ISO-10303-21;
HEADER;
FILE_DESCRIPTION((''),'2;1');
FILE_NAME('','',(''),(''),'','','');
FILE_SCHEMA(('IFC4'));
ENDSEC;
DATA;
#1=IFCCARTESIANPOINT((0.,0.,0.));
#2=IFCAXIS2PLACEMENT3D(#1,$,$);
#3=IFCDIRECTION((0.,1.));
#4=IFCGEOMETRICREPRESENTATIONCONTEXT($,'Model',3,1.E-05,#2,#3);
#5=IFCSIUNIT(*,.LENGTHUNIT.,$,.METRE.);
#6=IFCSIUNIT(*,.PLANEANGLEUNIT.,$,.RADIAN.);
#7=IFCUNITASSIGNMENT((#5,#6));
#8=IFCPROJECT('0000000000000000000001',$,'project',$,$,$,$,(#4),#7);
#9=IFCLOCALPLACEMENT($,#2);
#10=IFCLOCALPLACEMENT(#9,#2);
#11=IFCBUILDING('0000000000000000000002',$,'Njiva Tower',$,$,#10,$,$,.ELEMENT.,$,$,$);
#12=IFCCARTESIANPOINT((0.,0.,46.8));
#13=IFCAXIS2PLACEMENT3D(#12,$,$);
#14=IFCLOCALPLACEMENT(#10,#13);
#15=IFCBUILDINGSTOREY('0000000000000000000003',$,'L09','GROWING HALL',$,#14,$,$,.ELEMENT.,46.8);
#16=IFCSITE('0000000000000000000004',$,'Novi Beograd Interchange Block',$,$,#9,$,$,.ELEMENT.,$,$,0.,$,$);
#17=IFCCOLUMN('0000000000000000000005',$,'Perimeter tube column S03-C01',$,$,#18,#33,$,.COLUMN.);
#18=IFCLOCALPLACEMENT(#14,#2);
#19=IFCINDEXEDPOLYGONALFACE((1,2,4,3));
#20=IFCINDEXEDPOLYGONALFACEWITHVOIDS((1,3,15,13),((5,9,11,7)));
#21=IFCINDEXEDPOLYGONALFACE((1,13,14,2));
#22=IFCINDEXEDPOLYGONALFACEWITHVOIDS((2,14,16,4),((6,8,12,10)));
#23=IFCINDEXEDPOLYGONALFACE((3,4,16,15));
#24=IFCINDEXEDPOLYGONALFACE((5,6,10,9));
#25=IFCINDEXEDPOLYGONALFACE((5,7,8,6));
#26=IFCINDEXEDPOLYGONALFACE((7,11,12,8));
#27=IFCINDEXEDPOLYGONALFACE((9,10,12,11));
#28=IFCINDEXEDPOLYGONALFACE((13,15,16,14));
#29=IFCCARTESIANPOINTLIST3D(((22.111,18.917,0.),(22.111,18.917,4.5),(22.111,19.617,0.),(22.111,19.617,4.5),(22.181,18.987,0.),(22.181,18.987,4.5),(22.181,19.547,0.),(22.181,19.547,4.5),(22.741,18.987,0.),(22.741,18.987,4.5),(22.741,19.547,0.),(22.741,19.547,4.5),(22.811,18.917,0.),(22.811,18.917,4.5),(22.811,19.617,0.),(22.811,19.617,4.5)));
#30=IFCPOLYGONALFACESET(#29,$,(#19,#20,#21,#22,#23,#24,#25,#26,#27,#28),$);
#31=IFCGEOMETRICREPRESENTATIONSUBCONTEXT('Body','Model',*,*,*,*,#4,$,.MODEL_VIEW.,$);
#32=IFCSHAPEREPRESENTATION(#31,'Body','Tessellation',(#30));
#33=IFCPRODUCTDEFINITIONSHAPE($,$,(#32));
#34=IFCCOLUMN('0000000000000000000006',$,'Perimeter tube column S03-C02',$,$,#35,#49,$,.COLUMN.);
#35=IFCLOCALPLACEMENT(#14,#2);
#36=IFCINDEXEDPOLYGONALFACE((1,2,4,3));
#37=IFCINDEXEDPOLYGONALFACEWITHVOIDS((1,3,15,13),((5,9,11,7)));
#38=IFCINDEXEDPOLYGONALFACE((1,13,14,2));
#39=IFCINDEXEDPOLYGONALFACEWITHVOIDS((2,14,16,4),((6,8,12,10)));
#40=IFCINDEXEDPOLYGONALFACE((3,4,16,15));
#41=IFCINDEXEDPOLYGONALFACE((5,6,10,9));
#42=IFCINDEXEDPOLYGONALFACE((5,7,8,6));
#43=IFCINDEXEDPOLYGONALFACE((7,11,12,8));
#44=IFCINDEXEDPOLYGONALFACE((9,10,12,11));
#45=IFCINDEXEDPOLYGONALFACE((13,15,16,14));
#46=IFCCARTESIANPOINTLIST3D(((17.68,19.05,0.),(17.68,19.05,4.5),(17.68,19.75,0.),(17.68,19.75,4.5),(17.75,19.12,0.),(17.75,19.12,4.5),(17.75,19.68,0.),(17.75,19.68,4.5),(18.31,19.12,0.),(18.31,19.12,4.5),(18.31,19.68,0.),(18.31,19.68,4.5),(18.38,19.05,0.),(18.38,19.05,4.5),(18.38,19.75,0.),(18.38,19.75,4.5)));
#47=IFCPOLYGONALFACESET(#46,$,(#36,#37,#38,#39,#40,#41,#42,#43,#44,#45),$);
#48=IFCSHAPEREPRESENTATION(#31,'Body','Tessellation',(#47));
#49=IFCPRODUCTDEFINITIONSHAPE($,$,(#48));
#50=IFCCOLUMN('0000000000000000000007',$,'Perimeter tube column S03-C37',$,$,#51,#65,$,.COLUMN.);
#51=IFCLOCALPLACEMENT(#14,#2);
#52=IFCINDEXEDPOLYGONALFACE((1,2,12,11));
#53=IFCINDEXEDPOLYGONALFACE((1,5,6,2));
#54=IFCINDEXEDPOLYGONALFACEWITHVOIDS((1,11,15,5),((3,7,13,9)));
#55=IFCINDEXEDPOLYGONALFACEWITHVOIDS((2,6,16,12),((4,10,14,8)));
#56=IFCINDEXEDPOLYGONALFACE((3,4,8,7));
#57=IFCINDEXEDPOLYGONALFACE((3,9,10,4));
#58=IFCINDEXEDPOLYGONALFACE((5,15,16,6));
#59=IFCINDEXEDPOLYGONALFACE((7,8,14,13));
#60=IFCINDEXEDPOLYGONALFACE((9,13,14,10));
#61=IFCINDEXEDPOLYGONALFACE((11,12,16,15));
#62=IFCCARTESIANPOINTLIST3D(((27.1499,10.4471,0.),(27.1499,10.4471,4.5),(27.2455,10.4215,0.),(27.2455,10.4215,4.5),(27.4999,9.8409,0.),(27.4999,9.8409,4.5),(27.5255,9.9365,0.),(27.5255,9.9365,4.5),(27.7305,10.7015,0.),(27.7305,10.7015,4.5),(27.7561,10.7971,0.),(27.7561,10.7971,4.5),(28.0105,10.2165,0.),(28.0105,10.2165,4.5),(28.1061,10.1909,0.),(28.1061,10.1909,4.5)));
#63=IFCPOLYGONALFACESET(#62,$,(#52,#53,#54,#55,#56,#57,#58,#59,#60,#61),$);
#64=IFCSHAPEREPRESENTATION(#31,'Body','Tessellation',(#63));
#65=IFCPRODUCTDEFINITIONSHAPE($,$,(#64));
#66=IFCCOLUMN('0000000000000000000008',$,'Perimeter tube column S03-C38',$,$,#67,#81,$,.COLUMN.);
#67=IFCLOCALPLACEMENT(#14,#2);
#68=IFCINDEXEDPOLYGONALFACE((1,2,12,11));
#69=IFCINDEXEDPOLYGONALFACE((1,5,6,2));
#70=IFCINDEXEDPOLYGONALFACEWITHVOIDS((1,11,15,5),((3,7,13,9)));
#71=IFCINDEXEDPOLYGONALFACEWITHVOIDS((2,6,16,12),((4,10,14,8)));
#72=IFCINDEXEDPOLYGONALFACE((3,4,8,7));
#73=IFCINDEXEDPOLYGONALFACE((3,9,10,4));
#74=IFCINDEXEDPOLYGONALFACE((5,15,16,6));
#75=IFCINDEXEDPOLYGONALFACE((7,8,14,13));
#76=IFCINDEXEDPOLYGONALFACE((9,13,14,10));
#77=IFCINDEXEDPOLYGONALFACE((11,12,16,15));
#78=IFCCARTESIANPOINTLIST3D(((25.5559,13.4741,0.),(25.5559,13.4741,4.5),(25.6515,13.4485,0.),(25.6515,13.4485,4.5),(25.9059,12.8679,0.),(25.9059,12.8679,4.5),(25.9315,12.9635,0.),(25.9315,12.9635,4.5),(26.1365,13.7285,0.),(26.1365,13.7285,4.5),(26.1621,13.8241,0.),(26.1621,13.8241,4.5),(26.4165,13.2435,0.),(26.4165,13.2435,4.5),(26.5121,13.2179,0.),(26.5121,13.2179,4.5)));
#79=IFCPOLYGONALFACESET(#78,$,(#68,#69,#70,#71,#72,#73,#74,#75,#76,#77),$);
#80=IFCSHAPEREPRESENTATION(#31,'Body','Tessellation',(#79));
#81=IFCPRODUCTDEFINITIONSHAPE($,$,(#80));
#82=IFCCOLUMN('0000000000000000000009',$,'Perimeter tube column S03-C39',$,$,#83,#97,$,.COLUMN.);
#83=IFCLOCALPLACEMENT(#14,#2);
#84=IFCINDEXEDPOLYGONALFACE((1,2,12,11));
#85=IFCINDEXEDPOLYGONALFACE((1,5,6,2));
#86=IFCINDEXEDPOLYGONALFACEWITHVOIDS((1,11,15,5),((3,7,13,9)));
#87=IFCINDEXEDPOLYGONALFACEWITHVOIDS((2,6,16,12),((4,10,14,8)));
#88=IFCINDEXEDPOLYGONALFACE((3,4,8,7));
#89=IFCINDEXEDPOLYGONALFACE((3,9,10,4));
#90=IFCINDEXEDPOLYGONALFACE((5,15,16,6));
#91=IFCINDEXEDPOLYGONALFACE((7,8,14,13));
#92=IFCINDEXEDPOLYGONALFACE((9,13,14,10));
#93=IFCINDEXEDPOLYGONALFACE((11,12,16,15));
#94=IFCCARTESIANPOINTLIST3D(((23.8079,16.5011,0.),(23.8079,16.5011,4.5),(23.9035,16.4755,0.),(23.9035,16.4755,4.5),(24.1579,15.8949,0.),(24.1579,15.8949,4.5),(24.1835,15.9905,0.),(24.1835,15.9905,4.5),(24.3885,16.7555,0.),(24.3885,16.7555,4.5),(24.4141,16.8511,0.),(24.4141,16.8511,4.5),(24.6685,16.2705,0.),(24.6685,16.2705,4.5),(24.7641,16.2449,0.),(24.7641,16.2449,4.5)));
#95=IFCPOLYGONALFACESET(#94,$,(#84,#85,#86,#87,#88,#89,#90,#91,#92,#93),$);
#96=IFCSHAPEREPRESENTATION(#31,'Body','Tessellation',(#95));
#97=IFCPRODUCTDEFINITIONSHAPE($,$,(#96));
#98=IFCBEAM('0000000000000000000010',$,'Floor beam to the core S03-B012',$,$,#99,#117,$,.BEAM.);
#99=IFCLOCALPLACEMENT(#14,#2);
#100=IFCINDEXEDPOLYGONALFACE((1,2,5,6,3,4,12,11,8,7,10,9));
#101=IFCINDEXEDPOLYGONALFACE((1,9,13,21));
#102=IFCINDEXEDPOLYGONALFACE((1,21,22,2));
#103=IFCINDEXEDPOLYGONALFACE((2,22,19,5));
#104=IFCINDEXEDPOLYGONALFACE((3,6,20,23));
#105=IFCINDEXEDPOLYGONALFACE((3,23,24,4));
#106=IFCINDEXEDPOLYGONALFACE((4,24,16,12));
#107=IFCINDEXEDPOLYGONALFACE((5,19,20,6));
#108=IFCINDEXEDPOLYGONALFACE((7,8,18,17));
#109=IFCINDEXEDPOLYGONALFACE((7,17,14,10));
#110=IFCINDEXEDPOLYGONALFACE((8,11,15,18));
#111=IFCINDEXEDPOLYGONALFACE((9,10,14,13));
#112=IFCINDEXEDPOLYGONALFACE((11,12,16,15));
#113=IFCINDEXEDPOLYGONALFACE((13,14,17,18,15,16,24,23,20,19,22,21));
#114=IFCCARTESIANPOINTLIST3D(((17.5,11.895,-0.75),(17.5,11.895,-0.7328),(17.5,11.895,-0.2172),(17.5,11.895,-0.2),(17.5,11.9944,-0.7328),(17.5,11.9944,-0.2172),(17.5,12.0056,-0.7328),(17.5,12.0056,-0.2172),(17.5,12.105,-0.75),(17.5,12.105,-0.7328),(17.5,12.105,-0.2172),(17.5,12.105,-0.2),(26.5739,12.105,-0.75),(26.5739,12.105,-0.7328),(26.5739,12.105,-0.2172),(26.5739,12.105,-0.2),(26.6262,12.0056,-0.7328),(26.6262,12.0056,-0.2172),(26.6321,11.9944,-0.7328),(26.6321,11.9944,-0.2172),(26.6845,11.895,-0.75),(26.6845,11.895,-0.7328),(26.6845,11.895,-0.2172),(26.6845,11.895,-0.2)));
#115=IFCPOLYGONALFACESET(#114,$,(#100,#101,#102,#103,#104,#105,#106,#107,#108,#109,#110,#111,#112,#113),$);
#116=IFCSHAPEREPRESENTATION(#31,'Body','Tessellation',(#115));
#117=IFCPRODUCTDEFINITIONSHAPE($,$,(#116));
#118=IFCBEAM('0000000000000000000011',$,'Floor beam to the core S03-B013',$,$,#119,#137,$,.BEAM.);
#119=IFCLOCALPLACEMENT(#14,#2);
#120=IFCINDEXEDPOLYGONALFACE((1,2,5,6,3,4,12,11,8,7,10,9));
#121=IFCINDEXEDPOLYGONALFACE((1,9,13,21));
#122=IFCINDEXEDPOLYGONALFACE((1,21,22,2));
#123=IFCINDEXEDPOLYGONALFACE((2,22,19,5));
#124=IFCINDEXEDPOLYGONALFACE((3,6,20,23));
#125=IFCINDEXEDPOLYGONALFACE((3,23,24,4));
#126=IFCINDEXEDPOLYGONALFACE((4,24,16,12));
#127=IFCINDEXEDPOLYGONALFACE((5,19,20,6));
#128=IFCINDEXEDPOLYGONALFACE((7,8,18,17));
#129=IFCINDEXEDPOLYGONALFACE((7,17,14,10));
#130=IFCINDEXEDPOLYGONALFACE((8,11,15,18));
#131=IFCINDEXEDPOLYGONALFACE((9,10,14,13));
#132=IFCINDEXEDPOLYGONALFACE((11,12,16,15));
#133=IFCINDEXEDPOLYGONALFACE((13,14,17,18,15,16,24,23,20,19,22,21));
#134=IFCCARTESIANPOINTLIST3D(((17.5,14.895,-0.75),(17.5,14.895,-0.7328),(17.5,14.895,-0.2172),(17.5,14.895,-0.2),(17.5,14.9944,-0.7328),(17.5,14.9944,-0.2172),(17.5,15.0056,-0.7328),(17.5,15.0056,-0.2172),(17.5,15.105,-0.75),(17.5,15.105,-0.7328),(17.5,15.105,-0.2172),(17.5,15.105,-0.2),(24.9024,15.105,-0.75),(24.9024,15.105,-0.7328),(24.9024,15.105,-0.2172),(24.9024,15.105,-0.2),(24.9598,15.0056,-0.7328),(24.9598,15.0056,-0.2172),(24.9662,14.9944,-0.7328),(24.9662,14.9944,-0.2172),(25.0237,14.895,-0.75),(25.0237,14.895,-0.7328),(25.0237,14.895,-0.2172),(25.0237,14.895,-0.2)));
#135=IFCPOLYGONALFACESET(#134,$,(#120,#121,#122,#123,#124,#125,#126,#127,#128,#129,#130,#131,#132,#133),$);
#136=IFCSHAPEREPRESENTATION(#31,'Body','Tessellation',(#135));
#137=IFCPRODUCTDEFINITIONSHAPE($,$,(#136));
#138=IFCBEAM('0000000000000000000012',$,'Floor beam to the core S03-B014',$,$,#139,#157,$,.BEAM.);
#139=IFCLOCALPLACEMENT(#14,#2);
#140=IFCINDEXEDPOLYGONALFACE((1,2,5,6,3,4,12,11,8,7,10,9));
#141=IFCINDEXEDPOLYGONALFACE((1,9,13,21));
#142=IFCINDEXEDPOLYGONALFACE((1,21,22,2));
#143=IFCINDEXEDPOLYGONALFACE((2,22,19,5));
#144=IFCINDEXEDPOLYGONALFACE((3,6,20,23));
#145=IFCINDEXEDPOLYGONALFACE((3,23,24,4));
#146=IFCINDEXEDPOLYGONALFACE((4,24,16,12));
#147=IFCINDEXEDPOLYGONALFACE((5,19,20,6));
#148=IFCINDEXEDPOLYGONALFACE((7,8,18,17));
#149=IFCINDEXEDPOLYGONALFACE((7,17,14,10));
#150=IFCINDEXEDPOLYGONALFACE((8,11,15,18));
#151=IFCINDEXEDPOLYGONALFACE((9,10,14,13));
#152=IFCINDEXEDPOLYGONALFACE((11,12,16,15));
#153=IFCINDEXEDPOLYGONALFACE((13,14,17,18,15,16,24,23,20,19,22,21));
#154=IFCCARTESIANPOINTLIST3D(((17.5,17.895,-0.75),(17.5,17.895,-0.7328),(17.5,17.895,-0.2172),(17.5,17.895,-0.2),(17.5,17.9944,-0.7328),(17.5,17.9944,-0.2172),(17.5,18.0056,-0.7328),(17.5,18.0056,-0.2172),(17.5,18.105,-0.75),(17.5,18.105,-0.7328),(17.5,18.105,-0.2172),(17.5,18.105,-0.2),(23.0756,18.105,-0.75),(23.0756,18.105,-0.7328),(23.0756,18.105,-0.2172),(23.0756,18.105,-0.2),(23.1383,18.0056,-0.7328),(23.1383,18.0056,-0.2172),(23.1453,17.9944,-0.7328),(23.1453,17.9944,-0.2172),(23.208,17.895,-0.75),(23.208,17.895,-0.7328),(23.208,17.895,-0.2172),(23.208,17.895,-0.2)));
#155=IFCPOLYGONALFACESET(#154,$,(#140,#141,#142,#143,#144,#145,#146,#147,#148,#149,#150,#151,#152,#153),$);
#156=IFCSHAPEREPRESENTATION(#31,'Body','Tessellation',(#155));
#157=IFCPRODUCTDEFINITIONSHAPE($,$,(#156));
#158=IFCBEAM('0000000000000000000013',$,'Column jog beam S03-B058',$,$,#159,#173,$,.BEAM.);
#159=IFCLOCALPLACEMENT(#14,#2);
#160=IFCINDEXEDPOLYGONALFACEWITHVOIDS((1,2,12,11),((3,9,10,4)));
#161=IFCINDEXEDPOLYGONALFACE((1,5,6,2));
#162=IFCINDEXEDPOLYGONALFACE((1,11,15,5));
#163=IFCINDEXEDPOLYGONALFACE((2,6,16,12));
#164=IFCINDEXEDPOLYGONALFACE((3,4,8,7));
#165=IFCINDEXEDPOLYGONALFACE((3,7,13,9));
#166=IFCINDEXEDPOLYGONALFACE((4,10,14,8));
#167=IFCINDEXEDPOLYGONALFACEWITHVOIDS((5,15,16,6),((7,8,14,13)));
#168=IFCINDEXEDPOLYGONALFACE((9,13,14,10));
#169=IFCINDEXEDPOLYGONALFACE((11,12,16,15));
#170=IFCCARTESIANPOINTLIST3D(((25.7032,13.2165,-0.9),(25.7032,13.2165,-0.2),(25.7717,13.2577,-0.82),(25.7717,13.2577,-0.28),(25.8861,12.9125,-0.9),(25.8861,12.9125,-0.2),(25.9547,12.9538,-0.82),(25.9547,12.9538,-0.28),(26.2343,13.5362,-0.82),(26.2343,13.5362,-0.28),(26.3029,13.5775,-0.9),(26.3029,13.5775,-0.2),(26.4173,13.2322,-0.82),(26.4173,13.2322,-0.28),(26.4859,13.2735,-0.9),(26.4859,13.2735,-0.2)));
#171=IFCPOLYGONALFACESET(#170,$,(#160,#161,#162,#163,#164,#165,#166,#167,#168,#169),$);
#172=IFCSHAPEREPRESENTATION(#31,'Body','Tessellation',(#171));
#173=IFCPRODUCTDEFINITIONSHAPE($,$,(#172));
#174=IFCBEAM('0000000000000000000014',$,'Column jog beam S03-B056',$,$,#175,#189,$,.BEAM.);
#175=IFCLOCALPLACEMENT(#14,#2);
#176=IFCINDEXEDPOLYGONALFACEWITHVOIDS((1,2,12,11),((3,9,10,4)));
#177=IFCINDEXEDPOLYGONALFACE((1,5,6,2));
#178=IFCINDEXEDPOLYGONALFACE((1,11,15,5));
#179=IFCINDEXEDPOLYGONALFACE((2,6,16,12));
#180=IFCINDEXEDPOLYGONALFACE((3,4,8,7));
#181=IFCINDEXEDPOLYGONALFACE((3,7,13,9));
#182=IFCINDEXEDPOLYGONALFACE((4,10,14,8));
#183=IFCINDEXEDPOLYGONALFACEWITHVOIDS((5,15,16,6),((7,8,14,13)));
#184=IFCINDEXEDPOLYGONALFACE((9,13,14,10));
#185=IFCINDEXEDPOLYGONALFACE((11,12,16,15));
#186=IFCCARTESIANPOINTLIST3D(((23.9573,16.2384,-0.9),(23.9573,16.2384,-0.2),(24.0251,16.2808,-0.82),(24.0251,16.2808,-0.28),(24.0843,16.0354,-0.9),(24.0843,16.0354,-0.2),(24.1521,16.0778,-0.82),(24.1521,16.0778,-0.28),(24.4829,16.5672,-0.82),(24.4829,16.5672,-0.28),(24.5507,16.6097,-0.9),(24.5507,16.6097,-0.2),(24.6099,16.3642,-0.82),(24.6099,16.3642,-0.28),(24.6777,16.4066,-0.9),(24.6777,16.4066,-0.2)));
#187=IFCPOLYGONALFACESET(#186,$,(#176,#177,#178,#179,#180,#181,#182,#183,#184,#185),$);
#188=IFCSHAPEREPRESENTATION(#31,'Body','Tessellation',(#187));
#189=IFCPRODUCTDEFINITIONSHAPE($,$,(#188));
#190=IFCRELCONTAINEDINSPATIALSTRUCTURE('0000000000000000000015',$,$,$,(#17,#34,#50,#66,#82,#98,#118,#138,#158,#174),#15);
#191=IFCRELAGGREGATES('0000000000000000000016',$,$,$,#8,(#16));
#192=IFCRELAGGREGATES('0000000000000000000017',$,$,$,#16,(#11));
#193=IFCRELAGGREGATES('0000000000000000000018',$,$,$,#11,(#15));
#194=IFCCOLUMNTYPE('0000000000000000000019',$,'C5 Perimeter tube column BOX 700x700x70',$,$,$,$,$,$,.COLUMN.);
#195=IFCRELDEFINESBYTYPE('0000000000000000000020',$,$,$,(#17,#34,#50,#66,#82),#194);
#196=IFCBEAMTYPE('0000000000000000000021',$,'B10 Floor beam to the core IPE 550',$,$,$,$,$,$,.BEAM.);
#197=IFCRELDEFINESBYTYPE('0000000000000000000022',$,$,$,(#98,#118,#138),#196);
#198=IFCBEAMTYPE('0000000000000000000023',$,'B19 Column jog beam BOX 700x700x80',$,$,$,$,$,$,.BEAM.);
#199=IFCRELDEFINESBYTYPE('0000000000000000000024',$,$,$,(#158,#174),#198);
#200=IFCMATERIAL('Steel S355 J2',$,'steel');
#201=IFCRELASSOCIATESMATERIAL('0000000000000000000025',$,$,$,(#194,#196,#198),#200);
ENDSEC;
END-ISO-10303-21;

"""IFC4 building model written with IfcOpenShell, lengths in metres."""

from ifc_helpers import new_model, si_unit, direction, frame, origin, origin_2d, place, context, subcontext, project, spatial, hollow_rectangle, i_section, extrude, clip, halfspace, material, material_profile, profile_set, type_object, element, save


model = new_model("IFC4")

# Units and contexts
model_context = context("Model", 3, precision=1e-05, world=origin(), true_north=direction((0.0, 1.0)))
body_context = subcontext(model_context, "Body", "Model", "MODEL_VIEW")
ifc_project = project(units=[si_unit("LENGTHUNIT", "METRE"), si_unit("PLANEANGLEUNIT", "RADIAN")], contexts=[model_context])

# Site, building, storey
site_placement = place(None, origin())
site = spatial("IfcSite", under=ifc_project, at=site_placement, Name="Novi Beograd Interchange Block", CompositionType="ELEMENT", RefElevation=0.0)
building_placement = place(site_placement, origin())
building = spatial("IfcBuilding", under=site, at=building_placement, Name="Njiva Tower", CompositionType="ELEMENT")
storey_placement = place(building_placement, frame((0.0, 0.0, 46.8)))
storey = spatial("IfcBuildingStorey", under=building, at=storey_placement, Name="L09", Description="GROWING HALL", CompositionType="ELEMENT", Elevation=46.8)

# Columns
ifc_material_1 = material(Name="Steel S355 J2", Category="steel")
ifc_material_profile_1 = material_profile(ifc_material_1, hollow_rectangle(XDim=0.7, YDim=0.7, WallThickness=0.07, at=origin_2d()), Name="BOX 700x700x70")
ifc_profile_set_1 = profile_set([ifc_material_profile_1], Name="Steel S355 J2")
column_type = type_object("IfcColumnType", Name="C5 Perimeter tube column BOX 700x700x70", PredefinedType="COLUMN", material=ifc_profile_set_1)
for number, where, z_axis, x_axis, name in (
    (1, (22.461, 19.267, 0.0), (0.0, 0.0, 1.0), (-1.0, 0.0, 0.0), "Perimeter tube column S03-C01"),
    (2, (18.03, 19.4, 0.0), (0.0, 0.0, 1.0), (-1.0, 0.0, 0.0), "Perimeter tube column S03-C02"),
    (3, (27.628, 10.319, 0.0), (0.0, 0.0, 1.0), (-0.5, 0.866025, 0.0), "Perimeter tube column S03-C37"),
    (4, (26.034, 13.346, 0.0), (0.0, 0.0, 1.0), (-0.5, 0.866025, 0.0), "Perimeter tube column S03-C38"),
    (5, (24.286, 16.373, 0.0), (0.0, 0.0, 1.0), (-0.5, 0.866025, 0.0), "Perimeter tube column S03-C39"),
):
    element("IfcColumn", number, at=place(storey_placement, frame(where, z_axis=z_axis, x_axis=x_axis)), inside=storey, type_object=column_type, Name=name, PredefinedType="COLUMN", context=body_context, shape_type="SweptSolid", body=[
        extrude(hollow_rectangle(XDim=0.7, YDim=0.7, WallThickness=0.07, at=origin_2d()), origin(), (0.0, 0.0, 1.0), 4.5),
    ])

# Beams
ifc_material_profile_2 = material_profile(ifc_material_1, i_section(OverallWidth=0.21, OverallDepth=0.55, WebThickness=0.0111, FlangeThickness=0.0172, at=origin_2d()), Name="IPE 550")
ifc_profile_set_2 = profile_set([ifc_material_profile_2], Name="Steel S355 J2")
beam_type_1 = type_object("IfcBeamType", Name="B10 Floor beam to the core IPE 550", PredefinedType="BEAM", material=ifc_profile_set_2)
beam_1_placement = place(storey_placement, frame((17.5, 12.0, -0.475), z_axis=(1.0, 0.0, 0.0), x_axis=(0.0, 1.0, 0.0)))
element("IfcBeam", 6, at=beam_1_placement, inside=storey, type_object=beam_type_1, Name="Floor beam to the core S03-B012", PredefinedType="BEAM", context=body_context, shape_type="Clipping", body=[
    clip(extrude(i_section(OverallWidth=0.21, OverallDepth=0.55, WebThickness=0.0111, FlangeThickness=0.0172, at=origin_2d()), origin(), (0.0, 0.0, 1.0), 9.204), halfspace(frame((0.0233, 0.0, 9.1169), z_axis=(0.465931, 0.0, 0.884821), x_axis=(0.0, 1.0, 0.0)), False)),
])
beam_2_placement = place(storey_placement, frame((17.5, 15.0, -0.475), z_axis=(1.0, 0.0, 0.0), x_axis=(0.0, 1.0, 0.0)))
element("IfcBeam", 7, at=beam_2_placement, inside=storey, type_object=beam_type_1, Name="Floor beam to the core S03-B013", PredefinedType="BEAM", context=body_context, shape_type="Clipping", body=[
    clip(extrude(i_section(OverallWidth=0.21, OverallDepth=0.55, WebThickness=0.0111, FlangeThickness=0.0172, at=origin_2d()), origin(), (0.0, 0.0, 1.0), 7.544), halfspace(frame((0.025, 0.0, 7.4486), z_axis=(0.499998, 0.0, 0.866027), x_axis=(0.0, 1.0, 0.0)), False)),
])
beam_3_placement = place(storey_placement, frame((17.5, 18.0, -0.475), z_axis=(1.0, 0.0, 0.0), x_axis=(0.0, 1.0, 0.0)))
element("IfcBeam", 8, at=beam_3_placement, inside=storey, type_object=beam_type_1, Name="Floor beam to the core S03-B014", PredefinedType="BEAM", context=body_context, shape_type="Clipping", body=[
    clip(extrude(i_section(OverallWidth=0.21, OverallDepth=0.55, WebThickness=0.0111, FlangeThickness=0.0172, at=origin_2d()), origin(), (0.0, 0.0, 1.0), 5.728), halfspace(frame((0.0267, 0.0, 5.625), z_axis=(0.533317, 0.0, 0.845915), x_axis=(0.0, 1.0, 0.0)), False)),
])
ifc_material_profile_3 = material_profile(ifc_material_1, hollow_rectangle(XDim=0.7, YDim=0.7, WallThickness=0.08, at=origin_2d()), Name="BOX 700x700x80")
ifc_profile_set_3 = profile_set([ifc_material_profile_3], Name="Steel S355 J2")
beam_type_2 = type_object("IfcBeamType", Name="B19 Column jog beam BOX 700x700x80", PredefinedType="BEAM", material=ifc_profile_set_3)
beam_4_placement = place(storey_placement, frame((26.186, 13.093, -0.55), z_axis=(-0.515739, 0.856746, 0.0), x_axis=(-0.856746, -0.515739, 0.0)))
element("IfcBeam", 9, at=beam_4_placement, inside=storey, type_object=beam_type_2, Name="Column jog beam S03-B058", PredefinedType="BEAM", context=body_context, shape_type="SweptSolid", body=[
    extrude(hollow_rectangle(XDim=0.7, YDim=0.7, WallThickness=0.08, at=origin_2d()), origin(), (0.0, 0.0, 1.0), 0.3548),
])
beam_5_placement = place(storey_placement, frame((24.381, 16.221, -0.55), z_axis=(-0.530374, 0.847764, 0.0), x_axis=(-0.847764, -0.530374, 0.0)))
element("IfcBeam", 10, at=beam_5_placement, inside=storey, type_object=beam_type_2, Name="Column jog beam S03-B056", PredefinedType="BEAM", context=body_context, shape_type="SweptSolid", body=[
    extrude(hollow_rectangle(XDim=0.7, YDim=0.7, WallThickness=0.08, at=origin_2d()), origin(), (0.0, 0.0, 1.0), 0.2395),
])

save(model, "model.ifc")
